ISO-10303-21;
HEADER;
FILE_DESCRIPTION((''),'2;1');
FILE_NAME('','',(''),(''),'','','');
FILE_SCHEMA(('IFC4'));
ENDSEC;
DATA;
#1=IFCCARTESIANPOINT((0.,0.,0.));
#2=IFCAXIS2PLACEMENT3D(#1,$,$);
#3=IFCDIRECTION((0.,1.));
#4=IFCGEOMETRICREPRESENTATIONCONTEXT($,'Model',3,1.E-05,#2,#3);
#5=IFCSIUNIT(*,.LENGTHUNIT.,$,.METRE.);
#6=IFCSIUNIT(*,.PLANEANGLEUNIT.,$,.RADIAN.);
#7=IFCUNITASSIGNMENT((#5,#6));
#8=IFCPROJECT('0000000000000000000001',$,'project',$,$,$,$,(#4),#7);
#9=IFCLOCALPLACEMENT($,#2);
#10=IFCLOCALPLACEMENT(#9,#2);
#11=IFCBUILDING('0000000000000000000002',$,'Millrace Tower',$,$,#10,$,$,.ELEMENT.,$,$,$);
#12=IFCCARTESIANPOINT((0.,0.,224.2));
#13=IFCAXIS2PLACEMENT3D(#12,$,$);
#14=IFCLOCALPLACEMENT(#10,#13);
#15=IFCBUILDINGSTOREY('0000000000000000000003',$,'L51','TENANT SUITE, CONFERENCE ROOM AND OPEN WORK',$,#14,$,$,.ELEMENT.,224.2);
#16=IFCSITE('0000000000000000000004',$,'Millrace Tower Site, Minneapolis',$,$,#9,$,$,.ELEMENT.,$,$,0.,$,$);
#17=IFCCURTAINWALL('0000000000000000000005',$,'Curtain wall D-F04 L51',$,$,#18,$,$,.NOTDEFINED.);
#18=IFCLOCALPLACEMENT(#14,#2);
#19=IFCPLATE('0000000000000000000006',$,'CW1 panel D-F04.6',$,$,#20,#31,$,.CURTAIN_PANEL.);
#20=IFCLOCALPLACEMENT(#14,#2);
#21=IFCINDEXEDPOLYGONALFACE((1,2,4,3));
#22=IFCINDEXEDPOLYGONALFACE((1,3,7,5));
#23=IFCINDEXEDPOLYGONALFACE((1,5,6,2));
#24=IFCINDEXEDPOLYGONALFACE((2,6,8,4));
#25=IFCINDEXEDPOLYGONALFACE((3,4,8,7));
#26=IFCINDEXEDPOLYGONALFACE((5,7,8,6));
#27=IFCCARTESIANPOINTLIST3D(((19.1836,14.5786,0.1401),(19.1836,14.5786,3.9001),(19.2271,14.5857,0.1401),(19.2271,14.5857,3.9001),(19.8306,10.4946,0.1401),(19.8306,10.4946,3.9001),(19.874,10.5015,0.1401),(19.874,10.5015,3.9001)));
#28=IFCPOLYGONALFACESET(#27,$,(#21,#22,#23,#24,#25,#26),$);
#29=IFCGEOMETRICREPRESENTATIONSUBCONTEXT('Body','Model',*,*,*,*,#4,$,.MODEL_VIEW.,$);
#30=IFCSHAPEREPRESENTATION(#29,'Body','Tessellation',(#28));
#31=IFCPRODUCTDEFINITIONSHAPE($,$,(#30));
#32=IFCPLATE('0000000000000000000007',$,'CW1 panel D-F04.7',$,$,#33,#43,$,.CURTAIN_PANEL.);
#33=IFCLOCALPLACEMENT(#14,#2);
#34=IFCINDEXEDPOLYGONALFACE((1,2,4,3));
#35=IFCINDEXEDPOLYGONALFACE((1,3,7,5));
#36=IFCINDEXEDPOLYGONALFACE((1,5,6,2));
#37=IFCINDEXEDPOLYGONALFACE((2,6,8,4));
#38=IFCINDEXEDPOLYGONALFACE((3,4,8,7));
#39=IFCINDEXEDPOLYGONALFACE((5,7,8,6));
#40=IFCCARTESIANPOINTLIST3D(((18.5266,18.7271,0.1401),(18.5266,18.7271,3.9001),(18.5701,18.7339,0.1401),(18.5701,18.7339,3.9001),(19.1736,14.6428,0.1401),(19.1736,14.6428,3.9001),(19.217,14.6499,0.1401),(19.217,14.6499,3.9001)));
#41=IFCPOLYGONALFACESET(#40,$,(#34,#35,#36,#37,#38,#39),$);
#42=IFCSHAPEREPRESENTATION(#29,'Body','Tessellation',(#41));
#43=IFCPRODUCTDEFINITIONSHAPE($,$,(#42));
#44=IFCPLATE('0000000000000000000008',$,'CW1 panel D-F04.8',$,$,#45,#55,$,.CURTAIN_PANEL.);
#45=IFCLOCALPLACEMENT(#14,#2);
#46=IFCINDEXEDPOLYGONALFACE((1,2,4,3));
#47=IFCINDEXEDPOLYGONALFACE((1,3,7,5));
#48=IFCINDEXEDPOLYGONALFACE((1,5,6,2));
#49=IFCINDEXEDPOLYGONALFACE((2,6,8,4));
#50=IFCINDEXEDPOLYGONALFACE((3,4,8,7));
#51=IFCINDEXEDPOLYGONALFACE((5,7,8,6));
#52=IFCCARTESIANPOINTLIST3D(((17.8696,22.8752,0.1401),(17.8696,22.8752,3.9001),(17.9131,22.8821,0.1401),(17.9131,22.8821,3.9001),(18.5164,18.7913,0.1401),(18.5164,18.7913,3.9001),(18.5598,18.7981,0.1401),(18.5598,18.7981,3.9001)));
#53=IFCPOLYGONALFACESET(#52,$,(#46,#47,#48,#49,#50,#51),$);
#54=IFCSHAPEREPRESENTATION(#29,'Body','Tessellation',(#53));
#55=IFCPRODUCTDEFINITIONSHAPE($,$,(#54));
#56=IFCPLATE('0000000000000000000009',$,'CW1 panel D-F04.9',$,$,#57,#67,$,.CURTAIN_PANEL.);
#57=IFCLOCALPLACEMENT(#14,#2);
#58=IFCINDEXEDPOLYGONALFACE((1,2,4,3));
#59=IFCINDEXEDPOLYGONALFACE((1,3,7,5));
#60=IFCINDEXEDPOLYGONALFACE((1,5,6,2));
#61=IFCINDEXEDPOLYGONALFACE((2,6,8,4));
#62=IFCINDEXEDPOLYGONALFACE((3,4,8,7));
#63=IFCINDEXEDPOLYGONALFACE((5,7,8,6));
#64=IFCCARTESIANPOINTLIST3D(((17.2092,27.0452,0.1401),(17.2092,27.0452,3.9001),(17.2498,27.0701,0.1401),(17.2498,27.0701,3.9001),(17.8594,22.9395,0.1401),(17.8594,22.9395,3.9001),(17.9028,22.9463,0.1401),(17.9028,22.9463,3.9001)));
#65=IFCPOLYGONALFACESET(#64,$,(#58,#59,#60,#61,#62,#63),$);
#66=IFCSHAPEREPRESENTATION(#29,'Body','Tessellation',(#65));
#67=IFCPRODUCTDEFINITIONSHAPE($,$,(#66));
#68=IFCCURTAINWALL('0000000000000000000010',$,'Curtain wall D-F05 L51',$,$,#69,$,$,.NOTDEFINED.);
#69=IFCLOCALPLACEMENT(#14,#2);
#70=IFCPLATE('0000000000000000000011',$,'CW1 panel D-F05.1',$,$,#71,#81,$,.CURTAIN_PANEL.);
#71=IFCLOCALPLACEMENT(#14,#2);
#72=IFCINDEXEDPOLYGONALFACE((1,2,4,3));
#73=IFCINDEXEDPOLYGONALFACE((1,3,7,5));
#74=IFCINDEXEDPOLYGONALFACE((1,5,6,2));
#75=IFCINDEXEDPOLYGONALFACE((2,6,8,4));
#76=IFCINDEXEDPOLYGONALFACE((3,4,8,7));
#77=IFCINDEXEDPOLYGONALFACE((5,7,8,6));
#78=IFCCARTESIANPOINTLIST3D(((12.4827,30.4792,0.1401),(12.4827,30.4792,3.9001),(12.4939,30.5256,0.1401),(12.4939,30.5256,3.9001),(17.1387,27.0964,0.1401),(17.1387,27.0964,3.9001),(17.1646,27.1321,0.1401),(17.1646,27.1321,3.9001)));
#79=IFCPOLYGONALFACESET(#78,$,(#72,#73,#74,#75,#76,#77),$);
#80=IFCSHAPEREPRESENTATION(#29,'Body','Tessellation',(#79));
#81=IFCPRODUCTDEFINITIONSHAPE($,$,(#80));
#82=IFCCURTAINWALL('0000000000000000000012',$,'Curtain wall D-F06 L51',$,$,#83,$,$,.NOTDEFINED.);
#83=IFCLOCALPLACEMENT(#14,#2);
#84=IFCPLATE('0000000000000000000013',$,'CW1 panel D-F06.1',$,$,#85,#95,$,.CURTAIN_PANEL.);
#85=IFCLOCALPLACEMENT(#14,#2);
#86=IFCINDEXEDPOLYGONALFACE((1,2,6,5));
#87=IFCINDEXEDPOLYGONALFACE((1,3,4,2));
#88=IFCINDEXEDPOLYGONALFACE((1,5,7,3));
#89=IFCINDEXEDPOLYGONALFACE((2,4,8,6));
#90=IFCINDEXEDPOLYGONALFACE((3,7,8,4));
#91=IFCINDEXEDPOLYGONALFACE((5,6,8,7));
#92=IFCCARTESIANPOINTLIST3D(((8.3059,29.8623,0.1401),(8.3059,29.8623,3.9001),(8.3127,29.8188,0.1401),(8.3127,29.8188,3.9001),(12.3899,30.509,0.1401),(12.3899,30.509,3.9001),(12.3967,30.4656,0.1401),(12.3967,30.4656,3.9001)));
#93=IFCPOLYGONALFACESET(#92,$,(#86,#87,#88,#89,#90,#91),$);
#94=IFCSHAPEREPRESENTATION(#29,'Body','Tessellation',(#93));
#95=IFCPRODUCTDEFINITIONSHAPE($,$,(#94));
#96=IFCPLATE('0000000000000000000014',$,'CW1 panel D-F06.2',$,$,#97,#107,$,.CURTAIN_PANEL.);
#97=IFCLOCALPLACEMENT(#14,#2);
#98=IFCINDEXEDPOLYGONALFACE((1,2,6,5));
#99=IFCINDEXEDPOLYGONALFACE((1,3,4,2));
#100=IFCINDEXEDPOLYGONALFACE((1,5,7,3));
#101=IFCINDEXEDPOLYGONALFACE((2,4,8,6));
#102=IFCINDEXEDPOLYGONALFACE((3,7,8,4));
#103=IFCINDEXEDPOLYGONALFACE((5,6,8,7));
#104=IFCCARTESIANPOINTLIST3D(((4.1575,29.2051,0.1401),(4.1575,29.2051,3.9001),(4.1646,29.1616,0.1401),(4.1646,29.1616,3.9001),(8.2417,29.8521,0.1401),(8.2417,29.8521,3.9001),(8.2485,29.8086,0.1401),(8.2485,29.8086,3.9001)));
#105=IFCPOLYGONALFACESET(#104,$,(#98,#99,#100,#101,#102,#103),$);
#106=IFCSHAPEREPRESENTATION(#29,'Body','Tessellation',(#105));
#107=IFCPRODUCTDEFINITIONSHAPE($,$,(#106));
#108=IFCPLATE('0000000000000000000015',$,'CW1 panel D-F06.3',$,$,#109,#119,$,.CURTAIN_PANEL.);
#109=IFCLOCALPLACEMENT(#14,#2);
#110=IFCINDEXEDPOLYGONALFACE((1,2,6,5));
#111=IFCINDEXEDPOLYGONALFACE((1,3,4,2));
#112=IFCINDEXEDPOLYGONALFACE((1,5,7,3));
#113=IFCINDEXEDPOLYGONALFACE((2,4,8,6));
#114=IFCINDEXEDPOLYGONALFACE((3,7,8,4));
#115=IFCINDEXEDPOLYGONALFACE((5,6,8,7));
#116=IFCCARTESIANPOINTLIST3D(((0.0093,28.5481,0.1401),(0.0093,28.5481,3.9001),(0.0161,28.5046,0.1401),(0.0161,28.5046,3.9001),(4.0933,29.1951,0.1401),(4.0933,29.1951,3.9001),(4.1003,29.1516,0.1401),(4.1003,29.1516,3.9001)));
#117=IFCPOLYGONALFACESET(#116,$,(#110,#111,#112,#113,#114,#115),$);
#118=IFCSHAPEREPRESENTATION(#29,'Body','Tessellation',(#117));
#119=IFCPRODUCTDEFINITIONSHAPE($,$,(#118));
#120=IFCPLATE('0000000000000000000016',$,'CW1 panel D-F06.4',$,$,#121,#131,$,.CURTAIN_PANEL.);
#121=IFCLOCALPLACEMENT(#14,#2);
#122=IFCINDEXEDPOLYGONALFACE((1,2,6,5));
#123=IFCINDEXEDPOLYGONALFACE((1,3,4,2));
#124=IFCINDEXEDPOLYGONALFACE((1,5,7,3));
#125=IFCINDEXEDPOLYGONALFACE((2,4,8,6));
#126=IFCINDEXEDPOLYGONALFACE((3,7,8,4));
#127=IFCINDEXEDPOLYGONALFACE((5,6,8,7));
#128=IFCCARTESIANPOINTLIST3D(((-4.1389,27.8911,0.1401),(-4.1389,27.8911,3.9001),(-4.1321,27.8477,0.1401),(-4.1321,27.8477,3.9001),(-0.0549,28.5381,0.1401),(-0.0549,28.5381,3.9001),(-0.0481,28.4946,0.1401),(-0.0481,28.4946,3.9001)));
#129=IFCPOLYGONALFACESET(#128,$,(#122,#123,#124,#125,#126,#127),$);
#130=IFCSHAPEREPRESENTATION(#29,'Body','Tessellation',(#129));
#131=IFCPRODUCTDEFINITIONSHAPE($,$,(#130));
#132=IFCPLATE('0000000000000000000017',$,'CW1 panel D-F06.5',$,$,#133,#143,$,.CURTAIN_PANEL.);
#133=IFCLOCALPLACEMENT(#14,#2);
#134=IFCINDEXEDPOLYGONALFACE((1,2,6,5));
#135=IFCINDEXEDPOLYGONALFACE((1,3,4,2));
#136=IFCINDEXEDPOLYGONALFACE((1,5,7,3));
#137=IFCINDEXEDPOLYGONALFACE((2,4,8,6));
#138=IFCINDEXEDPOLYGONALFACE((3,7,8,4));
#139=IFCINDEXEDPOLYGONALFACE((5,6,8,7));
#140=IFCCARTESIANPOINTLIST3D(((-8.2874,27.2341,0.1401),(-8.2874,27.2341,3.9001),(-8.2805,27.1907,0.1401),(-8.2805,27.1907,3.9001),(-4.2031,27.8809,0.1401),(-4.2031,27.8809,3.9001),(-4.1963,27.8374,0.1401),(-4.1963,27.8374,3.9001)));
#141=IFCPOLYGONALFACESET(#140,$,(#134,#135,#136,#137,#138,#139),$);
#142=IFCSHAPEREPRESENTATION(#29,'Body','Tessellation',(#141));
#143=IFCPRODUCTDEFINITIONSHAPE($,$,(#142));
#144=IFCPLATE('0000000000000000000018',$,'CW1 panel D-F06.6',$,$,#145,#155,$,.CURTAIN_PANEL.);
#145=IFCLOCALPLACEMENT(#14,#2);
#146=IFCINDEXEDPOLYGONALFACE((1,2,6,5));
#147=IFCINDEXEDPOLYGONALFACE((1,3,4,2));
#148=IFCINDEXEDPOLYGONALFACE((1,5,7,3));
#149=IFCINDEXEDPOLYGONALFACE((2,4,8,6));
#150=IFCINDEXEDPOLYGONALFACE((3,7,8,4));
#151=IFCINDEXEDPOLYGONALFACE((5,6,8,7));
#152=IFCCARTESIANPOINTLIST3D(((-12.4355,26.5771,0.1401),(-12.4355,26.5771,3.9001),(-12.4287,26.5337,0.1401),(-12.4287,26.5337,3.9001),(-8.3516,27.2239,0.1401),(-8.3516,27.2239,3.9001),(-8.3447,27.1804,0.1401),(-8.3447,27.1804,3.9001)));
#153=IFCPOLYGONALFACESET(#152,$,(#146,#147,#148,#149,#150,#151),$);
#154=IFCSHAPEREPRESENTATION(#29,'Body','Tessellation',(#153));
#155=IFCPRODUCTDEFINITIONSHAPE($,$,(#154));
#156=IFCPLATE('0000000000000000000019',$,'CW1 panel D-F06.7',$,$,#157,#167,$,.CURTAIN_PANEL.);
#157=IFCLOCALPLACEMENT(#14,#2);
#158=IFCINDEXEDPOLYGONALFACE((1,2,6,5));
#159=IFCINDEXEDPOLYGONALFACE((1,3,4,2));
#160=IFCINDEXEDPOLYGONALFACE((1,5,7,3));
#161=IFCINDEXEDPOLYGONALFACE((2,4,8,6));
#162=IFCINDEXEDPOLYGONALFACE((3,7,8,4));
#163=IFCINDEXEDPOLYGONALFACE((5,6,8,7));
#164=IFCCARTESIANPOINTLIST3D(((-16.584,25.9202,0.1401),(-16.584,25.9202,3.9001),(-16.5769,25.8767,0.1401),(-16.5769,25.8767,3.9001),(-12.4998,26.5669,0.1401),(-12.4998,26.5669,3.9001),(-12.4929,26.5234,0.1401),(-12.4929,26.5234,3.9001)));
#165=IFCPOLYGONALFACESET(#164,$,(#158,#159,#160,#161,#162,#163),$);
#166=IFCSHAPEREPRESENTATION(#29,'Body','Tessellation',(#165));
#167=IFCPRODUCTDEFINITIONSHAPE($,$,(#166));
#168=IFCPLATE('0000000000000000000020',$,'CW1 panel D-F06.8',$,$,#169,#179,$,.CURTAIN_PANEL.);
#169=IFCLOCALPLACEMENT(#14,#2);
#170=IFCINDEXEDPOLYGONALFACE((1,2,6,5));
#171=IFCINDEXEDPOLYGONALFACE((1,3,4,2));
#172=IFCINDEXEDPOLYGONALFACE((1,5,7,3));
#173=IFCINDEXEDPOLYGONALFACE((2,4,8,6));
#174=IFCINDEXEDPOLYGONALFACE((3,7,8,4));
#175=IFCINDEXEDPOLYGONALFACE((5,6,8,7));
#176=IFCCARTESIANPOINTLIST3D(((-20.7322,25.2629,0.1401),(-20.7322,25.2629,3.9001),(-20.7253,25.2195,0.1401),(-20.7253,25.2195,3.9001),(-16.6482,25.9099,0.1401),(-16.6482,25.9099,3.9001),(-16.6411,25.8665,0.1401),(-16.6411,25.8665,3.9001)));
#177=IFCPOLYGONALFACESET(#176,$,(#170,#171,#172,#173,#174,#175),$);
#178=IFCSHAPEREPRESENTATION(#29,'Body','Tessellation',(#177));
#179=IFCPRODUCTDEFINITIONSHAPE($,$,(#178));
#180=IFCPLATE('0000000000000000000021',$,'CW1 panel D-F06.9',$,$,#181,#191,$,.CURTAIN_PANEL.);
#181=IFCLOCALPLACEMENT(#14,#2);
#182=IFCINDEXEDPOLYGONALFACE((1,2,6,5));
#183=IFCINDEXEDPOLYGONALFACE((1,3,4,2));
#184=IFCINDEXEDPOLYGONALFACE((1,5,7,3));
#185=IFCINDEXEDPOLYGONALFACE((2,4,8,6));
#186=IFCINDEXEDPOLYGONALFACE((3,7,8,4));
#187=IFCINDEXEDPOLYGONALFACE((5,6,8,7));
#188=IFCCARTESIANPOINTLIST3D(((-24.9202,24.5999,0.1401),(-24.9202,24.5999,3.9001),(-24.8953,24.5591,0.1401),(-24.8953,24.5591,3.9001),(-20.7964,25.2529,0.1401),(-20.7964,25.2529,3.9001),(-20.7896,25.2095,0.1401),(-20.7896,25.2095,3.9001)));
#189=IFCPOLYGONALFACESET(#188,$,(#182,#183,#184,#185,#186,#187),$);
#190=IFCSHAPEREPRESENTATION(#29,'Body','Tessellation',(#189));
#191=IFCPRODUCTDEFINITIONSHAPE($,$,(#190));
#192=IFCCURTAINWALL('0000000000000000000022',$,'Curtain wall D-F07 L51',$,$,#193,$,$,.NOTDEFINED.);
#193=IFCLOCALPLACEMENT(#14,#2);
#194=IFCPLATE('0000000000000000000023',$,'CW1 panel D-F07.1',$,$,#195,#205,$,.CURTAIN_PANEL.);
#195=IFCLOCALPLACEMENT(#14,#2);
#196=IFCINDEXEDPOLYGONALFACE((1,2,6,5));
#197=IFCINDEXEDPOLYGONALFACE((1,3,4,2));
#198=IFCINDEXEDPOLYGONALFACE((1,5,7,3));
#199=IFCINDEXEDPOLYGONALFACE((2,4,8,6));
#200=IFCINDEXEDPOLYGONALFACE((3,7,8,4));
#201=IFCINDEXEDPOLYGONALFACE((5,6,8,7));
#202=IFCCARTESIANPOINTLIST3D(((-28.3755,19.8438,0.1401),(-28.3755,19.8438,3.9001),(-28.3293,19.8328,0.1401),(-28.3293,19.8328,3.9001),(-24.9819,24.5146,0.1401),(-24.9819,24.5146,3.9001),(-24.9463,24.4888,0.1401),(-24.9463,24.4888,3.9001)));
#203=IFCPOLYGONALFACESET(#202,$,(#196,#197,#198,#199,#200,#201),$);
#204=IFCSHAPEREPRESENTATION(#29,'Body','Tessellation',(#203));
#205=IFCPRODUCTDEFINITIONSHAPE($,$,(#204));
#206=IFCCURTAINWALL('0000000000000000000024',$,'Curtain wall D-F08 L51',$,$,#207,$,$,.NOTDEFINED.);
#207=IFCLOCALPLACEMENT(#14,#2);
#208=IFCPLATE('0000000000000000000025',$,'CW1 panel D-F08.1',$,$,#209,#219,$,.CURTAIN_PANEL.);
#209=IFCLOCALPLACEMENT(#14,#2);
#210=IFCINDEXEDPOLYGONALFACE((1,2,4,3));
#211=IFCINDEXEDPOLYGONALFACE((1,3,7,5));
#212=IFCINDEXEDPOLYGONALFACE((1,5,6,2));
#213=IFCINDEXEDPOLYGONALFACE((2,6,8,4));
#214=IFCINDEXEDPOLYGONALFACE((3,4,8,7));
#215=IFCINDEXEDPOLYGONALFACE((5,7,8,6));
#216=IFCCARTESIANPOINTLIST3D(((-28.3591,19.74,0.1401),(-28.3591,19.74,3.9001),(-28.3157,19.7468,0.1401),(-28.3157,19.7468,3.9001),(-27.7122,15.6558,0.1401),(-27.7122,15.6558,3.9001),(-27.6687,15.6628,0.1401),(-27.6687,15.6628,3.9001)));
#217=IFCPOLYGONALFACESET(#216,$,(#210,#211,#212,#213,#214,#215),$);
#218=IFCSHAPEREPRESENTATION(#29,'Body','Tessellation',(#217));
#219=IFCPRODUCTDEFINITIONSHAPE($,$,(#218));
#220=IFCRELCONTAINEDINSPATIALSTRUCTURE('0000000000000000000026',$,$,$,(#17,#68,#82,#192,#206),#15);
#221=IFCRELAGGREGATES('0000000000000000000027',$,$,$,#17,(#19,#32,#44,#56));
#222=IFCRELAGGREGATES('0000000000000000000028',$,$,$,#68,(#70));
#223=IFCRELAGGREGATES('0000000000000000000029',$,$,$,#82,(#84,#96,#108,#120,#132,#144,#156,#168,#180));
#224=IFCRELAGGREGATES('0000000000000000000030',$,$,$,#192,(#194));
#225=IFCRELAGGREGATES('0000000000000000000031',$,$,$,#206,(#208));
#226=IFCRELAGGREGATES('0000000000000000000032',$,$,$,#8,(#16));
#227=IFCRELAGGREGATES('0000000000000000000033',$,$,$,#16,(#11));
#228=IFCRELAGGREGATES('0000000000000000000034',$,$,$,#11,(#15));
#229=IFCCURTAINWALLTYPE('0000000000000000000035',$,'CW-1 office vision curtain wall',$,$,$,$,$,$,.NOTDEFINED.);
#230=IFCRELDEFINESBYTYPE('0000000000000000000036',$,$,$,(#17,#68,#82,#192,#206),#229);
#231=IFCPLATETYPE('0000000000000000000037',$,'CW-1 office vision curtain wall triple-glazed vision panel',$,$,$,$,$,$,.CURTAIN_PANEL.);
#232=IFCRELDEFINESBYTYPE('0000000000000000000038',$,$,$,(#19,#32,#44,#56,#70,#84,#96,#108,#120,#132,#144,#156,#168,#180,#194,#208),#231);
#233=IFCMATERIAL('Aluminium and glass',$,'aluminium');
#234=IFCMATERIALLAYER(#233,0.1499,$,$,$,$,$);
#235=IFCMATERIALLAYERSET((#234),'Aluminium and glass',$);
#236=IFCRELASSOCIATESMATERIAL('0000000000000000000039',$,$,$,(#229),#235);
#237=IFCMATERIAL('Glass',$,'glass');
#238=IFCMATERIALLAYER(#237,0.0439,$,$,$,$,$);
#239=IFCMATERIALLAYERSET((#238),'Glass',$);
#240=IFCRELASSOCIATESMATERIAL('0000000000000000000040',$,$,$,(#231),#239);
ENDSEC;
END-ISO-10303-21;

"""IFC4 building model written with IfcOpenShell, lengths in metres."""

from ifc_helpers import new_model, si_unit, direction, frame, origin, place, context, subcontext, project, spatial, polyline, outline, extrude, material, layer, layer_set, type_object, element, aggregate, save


model = new_model("IFC4")

# Units and contexts
model_context = context("Model", 3, precision=1e-05, world=origin(), true_north=direction((0.0, 1.0)))
body_context = subcontext(model_context, "Body", "Model", "MODEL_VIEW")
ifc_project = project(units=[si_unit("LENGTHUNIT", "METRE"), si_unit("PLANEANGLEUNIT", "RADIAN")], contexts=[model_context])

# Site, building, storey
site_placement = place(None, origin())
site = spatial("IfcSite", under=ifc_project, at=site_placement, Name="Millrace Tower Site, Minneapolis", CompositionType="ELEMENT", RefElevation=0.0)
building_placement = place(site_placement, origin())
building = spatial("IfcBuilding", under=site, at=building_placement, Name="Millrace Tower", CompositionType="ELEMENT")
storey_placement = place(building_placement, frame((0.0, 0.0, 224.2)))
storey = spatial("IfcBuildingStorey", under=building, at=storey_placement, Name="L51", Description="TENANT SUITE, CONFERENCE ROOM AND OPEN WORK", CompositionType="ELEMENT", Elevation=224.2)

# Curtain wall, plates
ifc_material_1 = material(Name="Aluminium and glass", Category="aluminium")
ifc_layer_1 = layer(ifc_material_1, 0.1499)
ifc_layer_set_1 = layer_set([ifc_layer_1], Name="Aluminium and glass")
curtain_wall_type = type_object("IfcCurtainWallType", Name="CW-1 office vision curtain wall", PredefinedType="NOTDEFINED", material=ifc_layer_set_1)
placement_1 = place(storey_placement, origin())
curtain_wall_1 = element("IfcCurtainWall", 1, at=placement_1, inside=storey, type_object=curtain_wall_type, Name="Curtain wall D-F04 L51", PredefinedType="NOTDEFINED")
ifc_material_2 = material(Name="Glass", Category="glass")
ifc_layer_2 = layer(ifc_material_2, 0.0439)
ifc_layer_set_2 = layer_set([ifc_layer_2], Name="Glass")
plate_type = type_object("IfcPlateType", Name="CW-1 office vision curtain wall triple-glazed vision panel", PredefinedType="CURTAIN_PANEL", material=ifc_layer_set_2)
placement_2 = place(storey_placement, frame((0.0, 0.0, 0.1401)))
plate_1 = element("IfcPlate", 2, at=placement_2, type_object=plate_type, Name="CW1 panel D-F04.6", PredefinedType="CURTAIN_PANEL", context=body_context, shape_type="SweptSolid", body=[
    extrude(outline(polyline([(19.874, 10.5015), (19.2271, 14.5857), (19.1836, 14.5786), (19.8306, 10.4946), (19.874, 10.5015)])), origin(), (0.0, 0.0, 1.0), 3.76),
])
plate_2 = element("IfcPlate", 3, at=placement_2, type_object=plate_type, Name="CW1 panel D-F04.7", PredefinedType="CURTAIN_PANEL", context=body_context, shape_type="SweptSolid", body=[
    extrude(outline(polyline([(19.217, 14.6499), (18.5701, 18.7339), (18.5266, 18.7271), (19.1736, 14.6428), (19.217, 14.6499)])), origin(), (0.0, 0.0, 1.0), 3.76),
])
plate_3 = element("IfcPlate", 4, at=placement_2, type_object=plate_type, Name="CW1 panel D-F04.8", PredefinedType="CURTAIN_PANEL", context=body_context, shape_type="SweptSolid", body=[
    extrude(outline(polyline([(18.5598, 18.7981), (17.9131, 22.8821), (17.8696, 22.8752), (18.5164, 18.7913), (18.5598, 18.7981)])), origin(), (0.0, 0.0, 1.0), 3.76),
])
plate_4 = element("IfcPlate", 5, at=placement_2, type_object=plate_type, Name="CW1 panel D-F04.9", PredefinedType="CURTAIN_PANEL", context=body_context, shape_type="SweptSolid", body=[
    extrude(outline(polyline([(17.9028, 22.9463), (17.2498, 27.0701), (17.2092, 27.0452), (17.8594, 22.9395), (17.9028, 22.9463)])), origin(), (0.0, 0.0, 1.0), 3.76),
])
aggregate(curtain_wall_1, [plate_1, plate_2, plate_3, plate_4])

# Curtain wall, plate
curtain_wall_2 = element("IfcCurtainWall", 6, at=placement_1, inside=storey, type_object=curtain_wall_type, Name="Curtain wall D-F05 L51", PredefinedType="NOTDEFINED")
plate_5 = element("IfcPlate", 7, at=placement_2, type_object=plate_type, Name="CW1 panel D-F05.1", PredefinedType="CURTAIN_PANEL", context=body_context, shape_type="SweptSolid", body=[
    extrude(outline(polyline([(17.1646, 27.1321), (12.4939, 30.5256), (12.4827, 30.4792), (17.1387, 27.0964), (17.1646, 27.1321)])), origin(), (0.0, 0.0, 1.0), 3.76),
])
aggregate(curtain_wall_2, [plate_5])

# Curtain wall, plates
curtain_wall_3 = element("IfcCurtainWall", 8, at=placement_1, inside=storey, type_object=curtain_wall_type, Name="Curtain wall D-F06 L51", PredefinedType="NOTDEFINED")
plate_6 = element("IfcPlate", 9, at=placement_2, type_object=plate_type, Name="CW1 panel D-F06.1", PredefinedType="CURTAIN_PANEL", context=body_context, shape_type="SweptSolid", body=[
    extrude(outline(polyline([(12.3899, 30.509), (8.3059, 29.8623), (8.3127, 29.8188), (12.3967, 30.4656), (12.3899, 30.509)])), origin(), (0.0, 0.0, 1.0), 3.76),
])
plate_7 = element("IfcPlate", 10, at=placement_2, type_object=plate_type, Name="CW1 panel D-F06.2", PredefinedType="CURTAIN_PANEL", context=body_context, shape_type="SweptSolid", body=[
    extrude(outline(polyline([(8.2417, 29.8521), (4.1575, 29.2051), (4.1646, 29.1616), (8.2485, 29.8086), (8.2417, 29.8521)])), origin(), (0.0, 0.0, 1.0), 3.76),
])
plate_8 = element("IfcPlate", 11, at=placement_2, type_object=plate_type, Name="CW1 panel D-F06.3", PredefinedType="CURTAIN_PANEL", context=body_context, shape_type="SweptSolid", body=[
    extrude(outline(polyline([(4.0933, 29.1951), (0.0093, 28.5481), (0.0161, 28.5046), (4.1003, 29.1516), (4.0933, 29.1951)])), origin(), (0.0, 0.0, 1.0), 3.76),
])
plate_9 = element("IfcPlate", 12, at=placement_2, type_object=plate_type, Name="CW1 panel D-F06.4", PredefinedType="CURTAIN_PANEL", context=body_context, shape_type="SweptSolid", body=[
    extrude(outline(polyline([(-0.0549, 28.5381), (-4.1389, 27.8911), (-4.1321, 27.8477), (-0.0481, 28.4946), (-0.0549, 28.5381)])), origin(), (0.0, 0.0, 1.0), 3.76),
])
plate_10 = element("IfcPlate", 13, at=placement_2, type_object=plate_type, Name="CW1 panel D-F06.5", PredefinedType="CURTAIN_PANEL", context=body_context, shape_type="SweptSolid", body=[
    extrude(outline(polyline([(-4.2031, 27.8809), (-8.2874, 27.2341), (-8.2805, 27.1907), (-4.1963, 27.8374), (-4.2031, 27.8809)])), origin(), (0.0, 0.0, 1.0), 3.76),
])
plate_11 = element("IfcPlate", 14, at=placement_2, type_object=plate_type, Name="CW1 panel D-F06.6", PredefinedType="CURTAIN_PANEL", context=body_context, shape_type="SweptSolid", body=[
    extrude(outline(polyline([(-8.3516, 27.2239), (-12.4355, 26.5771), (-12.4287, 26.5337), (-8.3447, 27.1804), (-8.3516, 27.2239)])), origin(), (0.0, 0.0, 1.0), 3.76),
])
plate_12 = element("IfcPlate", 15, at=placement_2, type_object=plate_type, Name="CW1 panel D-F06.7", PredefinedType="CURTAIN_PANEL", context=body_context, shape_type="SweptSolid", body=[
    extrude(outline(polyline([(-12.4998, 26.5669), (-16.584, 25.9202), (-16.5769, 25.8767), (-12.4929, 26.5234), (-12.4998, 26.5669)])), origin(), (0.0, 0.0, 1.0), 3.76),
])
plate_13 = element("IfcPlate", 16, at=placement_2, type_object=plate_type, Name="CW1 panel D-F06.8", PredefinedType="CURTAIN_PANEL", context=body_context, shape_type="SweptSolid", body=[
    extrude(outline(polyline([(-16.6482, 25.9099), (-20.7322, 25.2629), (-20.7253, 25.2195), (-16.6411, 25.8665), (-16.6482, 25.9099)])), origin(), (0.0, 0.0, 1.0), 3.76),
])
plate_14 = element("IfcPlate", 17, at=placement_2, type_object=plate_type, Name="CW1 panel D-F06.9", PredefinedType="CURTAIN_PANEL", context=body_context, shape_type="SweptSolid", body=[
    extrude(outline(polyline([(-20.7964, 25.2529), (-24.9202, 24.5999), (-24.8953, 24.5591), (-20.7896, 25.2095), (-20.7964, 25.2529)])), origin(), (0.0, 0.0, 1.0), 3.76),
])
aggregate(curtain_wall_3, [plate_6, plate_7, plate_8, plate_9, plate_10, plate_11, plate_12, plate_13, plate_14])

# Curtain wall, plate
curtain_wall_4 = element("IfcCurtainWall", 18, at=placement_1, inside=storey, type_object=curtain_wall_type, Name="Curtain wall D-F07 L51", PredefinedType="NOTDEFINED")
plate_15 = element("IfcPlate", 19, at=placement_2, type_object=plate_type, Name="CW1 panel D-F07.1", PredefinedType="CURTAIN_PANEL", context=body_context, shape_type="SweptSolid", body=[
    extrude(outline(polyline([(-24.9819, 24.5146), (-28.3755, 19.8438), (-28.3293, 19.8328), (-24.9463, 24.4888), (-24.9819, 24.5146)])), origin(), (0.0, 0.0, 1.0), 3.76),
])
aggregate(curtain_wall_4, [plate_15])

# Curtain wall, plate
curtain_wall_5 = element("IfcCurtainWall", 20, at=placement_1, inside=storey, type_object=curtain_wall_type, Name="Curtain wall D-F08 L51", PredefinedType="NOTDEFINED")
plate_16 = element("IfcPlate", 21, at=placement_2, type_object=plate_type, Name="CW1 panel D-F08.1", PredefinedType="CURTAIN_PANEL", context=body_context, shape_type="SweptSolid", body=[
    extrude(outline(polyline([(-28.3591, 19.74), (-27.7122, 15.6558), (-27.6687, 15.6628), (-28.3157, 19.7468), (-28.3591, 19.74)])), origin(), (0.0, 0.0, 1.0), 3.76),
])
aggregate(curtain_wall_5, [plate_16])

save(model, "model.ifc")
